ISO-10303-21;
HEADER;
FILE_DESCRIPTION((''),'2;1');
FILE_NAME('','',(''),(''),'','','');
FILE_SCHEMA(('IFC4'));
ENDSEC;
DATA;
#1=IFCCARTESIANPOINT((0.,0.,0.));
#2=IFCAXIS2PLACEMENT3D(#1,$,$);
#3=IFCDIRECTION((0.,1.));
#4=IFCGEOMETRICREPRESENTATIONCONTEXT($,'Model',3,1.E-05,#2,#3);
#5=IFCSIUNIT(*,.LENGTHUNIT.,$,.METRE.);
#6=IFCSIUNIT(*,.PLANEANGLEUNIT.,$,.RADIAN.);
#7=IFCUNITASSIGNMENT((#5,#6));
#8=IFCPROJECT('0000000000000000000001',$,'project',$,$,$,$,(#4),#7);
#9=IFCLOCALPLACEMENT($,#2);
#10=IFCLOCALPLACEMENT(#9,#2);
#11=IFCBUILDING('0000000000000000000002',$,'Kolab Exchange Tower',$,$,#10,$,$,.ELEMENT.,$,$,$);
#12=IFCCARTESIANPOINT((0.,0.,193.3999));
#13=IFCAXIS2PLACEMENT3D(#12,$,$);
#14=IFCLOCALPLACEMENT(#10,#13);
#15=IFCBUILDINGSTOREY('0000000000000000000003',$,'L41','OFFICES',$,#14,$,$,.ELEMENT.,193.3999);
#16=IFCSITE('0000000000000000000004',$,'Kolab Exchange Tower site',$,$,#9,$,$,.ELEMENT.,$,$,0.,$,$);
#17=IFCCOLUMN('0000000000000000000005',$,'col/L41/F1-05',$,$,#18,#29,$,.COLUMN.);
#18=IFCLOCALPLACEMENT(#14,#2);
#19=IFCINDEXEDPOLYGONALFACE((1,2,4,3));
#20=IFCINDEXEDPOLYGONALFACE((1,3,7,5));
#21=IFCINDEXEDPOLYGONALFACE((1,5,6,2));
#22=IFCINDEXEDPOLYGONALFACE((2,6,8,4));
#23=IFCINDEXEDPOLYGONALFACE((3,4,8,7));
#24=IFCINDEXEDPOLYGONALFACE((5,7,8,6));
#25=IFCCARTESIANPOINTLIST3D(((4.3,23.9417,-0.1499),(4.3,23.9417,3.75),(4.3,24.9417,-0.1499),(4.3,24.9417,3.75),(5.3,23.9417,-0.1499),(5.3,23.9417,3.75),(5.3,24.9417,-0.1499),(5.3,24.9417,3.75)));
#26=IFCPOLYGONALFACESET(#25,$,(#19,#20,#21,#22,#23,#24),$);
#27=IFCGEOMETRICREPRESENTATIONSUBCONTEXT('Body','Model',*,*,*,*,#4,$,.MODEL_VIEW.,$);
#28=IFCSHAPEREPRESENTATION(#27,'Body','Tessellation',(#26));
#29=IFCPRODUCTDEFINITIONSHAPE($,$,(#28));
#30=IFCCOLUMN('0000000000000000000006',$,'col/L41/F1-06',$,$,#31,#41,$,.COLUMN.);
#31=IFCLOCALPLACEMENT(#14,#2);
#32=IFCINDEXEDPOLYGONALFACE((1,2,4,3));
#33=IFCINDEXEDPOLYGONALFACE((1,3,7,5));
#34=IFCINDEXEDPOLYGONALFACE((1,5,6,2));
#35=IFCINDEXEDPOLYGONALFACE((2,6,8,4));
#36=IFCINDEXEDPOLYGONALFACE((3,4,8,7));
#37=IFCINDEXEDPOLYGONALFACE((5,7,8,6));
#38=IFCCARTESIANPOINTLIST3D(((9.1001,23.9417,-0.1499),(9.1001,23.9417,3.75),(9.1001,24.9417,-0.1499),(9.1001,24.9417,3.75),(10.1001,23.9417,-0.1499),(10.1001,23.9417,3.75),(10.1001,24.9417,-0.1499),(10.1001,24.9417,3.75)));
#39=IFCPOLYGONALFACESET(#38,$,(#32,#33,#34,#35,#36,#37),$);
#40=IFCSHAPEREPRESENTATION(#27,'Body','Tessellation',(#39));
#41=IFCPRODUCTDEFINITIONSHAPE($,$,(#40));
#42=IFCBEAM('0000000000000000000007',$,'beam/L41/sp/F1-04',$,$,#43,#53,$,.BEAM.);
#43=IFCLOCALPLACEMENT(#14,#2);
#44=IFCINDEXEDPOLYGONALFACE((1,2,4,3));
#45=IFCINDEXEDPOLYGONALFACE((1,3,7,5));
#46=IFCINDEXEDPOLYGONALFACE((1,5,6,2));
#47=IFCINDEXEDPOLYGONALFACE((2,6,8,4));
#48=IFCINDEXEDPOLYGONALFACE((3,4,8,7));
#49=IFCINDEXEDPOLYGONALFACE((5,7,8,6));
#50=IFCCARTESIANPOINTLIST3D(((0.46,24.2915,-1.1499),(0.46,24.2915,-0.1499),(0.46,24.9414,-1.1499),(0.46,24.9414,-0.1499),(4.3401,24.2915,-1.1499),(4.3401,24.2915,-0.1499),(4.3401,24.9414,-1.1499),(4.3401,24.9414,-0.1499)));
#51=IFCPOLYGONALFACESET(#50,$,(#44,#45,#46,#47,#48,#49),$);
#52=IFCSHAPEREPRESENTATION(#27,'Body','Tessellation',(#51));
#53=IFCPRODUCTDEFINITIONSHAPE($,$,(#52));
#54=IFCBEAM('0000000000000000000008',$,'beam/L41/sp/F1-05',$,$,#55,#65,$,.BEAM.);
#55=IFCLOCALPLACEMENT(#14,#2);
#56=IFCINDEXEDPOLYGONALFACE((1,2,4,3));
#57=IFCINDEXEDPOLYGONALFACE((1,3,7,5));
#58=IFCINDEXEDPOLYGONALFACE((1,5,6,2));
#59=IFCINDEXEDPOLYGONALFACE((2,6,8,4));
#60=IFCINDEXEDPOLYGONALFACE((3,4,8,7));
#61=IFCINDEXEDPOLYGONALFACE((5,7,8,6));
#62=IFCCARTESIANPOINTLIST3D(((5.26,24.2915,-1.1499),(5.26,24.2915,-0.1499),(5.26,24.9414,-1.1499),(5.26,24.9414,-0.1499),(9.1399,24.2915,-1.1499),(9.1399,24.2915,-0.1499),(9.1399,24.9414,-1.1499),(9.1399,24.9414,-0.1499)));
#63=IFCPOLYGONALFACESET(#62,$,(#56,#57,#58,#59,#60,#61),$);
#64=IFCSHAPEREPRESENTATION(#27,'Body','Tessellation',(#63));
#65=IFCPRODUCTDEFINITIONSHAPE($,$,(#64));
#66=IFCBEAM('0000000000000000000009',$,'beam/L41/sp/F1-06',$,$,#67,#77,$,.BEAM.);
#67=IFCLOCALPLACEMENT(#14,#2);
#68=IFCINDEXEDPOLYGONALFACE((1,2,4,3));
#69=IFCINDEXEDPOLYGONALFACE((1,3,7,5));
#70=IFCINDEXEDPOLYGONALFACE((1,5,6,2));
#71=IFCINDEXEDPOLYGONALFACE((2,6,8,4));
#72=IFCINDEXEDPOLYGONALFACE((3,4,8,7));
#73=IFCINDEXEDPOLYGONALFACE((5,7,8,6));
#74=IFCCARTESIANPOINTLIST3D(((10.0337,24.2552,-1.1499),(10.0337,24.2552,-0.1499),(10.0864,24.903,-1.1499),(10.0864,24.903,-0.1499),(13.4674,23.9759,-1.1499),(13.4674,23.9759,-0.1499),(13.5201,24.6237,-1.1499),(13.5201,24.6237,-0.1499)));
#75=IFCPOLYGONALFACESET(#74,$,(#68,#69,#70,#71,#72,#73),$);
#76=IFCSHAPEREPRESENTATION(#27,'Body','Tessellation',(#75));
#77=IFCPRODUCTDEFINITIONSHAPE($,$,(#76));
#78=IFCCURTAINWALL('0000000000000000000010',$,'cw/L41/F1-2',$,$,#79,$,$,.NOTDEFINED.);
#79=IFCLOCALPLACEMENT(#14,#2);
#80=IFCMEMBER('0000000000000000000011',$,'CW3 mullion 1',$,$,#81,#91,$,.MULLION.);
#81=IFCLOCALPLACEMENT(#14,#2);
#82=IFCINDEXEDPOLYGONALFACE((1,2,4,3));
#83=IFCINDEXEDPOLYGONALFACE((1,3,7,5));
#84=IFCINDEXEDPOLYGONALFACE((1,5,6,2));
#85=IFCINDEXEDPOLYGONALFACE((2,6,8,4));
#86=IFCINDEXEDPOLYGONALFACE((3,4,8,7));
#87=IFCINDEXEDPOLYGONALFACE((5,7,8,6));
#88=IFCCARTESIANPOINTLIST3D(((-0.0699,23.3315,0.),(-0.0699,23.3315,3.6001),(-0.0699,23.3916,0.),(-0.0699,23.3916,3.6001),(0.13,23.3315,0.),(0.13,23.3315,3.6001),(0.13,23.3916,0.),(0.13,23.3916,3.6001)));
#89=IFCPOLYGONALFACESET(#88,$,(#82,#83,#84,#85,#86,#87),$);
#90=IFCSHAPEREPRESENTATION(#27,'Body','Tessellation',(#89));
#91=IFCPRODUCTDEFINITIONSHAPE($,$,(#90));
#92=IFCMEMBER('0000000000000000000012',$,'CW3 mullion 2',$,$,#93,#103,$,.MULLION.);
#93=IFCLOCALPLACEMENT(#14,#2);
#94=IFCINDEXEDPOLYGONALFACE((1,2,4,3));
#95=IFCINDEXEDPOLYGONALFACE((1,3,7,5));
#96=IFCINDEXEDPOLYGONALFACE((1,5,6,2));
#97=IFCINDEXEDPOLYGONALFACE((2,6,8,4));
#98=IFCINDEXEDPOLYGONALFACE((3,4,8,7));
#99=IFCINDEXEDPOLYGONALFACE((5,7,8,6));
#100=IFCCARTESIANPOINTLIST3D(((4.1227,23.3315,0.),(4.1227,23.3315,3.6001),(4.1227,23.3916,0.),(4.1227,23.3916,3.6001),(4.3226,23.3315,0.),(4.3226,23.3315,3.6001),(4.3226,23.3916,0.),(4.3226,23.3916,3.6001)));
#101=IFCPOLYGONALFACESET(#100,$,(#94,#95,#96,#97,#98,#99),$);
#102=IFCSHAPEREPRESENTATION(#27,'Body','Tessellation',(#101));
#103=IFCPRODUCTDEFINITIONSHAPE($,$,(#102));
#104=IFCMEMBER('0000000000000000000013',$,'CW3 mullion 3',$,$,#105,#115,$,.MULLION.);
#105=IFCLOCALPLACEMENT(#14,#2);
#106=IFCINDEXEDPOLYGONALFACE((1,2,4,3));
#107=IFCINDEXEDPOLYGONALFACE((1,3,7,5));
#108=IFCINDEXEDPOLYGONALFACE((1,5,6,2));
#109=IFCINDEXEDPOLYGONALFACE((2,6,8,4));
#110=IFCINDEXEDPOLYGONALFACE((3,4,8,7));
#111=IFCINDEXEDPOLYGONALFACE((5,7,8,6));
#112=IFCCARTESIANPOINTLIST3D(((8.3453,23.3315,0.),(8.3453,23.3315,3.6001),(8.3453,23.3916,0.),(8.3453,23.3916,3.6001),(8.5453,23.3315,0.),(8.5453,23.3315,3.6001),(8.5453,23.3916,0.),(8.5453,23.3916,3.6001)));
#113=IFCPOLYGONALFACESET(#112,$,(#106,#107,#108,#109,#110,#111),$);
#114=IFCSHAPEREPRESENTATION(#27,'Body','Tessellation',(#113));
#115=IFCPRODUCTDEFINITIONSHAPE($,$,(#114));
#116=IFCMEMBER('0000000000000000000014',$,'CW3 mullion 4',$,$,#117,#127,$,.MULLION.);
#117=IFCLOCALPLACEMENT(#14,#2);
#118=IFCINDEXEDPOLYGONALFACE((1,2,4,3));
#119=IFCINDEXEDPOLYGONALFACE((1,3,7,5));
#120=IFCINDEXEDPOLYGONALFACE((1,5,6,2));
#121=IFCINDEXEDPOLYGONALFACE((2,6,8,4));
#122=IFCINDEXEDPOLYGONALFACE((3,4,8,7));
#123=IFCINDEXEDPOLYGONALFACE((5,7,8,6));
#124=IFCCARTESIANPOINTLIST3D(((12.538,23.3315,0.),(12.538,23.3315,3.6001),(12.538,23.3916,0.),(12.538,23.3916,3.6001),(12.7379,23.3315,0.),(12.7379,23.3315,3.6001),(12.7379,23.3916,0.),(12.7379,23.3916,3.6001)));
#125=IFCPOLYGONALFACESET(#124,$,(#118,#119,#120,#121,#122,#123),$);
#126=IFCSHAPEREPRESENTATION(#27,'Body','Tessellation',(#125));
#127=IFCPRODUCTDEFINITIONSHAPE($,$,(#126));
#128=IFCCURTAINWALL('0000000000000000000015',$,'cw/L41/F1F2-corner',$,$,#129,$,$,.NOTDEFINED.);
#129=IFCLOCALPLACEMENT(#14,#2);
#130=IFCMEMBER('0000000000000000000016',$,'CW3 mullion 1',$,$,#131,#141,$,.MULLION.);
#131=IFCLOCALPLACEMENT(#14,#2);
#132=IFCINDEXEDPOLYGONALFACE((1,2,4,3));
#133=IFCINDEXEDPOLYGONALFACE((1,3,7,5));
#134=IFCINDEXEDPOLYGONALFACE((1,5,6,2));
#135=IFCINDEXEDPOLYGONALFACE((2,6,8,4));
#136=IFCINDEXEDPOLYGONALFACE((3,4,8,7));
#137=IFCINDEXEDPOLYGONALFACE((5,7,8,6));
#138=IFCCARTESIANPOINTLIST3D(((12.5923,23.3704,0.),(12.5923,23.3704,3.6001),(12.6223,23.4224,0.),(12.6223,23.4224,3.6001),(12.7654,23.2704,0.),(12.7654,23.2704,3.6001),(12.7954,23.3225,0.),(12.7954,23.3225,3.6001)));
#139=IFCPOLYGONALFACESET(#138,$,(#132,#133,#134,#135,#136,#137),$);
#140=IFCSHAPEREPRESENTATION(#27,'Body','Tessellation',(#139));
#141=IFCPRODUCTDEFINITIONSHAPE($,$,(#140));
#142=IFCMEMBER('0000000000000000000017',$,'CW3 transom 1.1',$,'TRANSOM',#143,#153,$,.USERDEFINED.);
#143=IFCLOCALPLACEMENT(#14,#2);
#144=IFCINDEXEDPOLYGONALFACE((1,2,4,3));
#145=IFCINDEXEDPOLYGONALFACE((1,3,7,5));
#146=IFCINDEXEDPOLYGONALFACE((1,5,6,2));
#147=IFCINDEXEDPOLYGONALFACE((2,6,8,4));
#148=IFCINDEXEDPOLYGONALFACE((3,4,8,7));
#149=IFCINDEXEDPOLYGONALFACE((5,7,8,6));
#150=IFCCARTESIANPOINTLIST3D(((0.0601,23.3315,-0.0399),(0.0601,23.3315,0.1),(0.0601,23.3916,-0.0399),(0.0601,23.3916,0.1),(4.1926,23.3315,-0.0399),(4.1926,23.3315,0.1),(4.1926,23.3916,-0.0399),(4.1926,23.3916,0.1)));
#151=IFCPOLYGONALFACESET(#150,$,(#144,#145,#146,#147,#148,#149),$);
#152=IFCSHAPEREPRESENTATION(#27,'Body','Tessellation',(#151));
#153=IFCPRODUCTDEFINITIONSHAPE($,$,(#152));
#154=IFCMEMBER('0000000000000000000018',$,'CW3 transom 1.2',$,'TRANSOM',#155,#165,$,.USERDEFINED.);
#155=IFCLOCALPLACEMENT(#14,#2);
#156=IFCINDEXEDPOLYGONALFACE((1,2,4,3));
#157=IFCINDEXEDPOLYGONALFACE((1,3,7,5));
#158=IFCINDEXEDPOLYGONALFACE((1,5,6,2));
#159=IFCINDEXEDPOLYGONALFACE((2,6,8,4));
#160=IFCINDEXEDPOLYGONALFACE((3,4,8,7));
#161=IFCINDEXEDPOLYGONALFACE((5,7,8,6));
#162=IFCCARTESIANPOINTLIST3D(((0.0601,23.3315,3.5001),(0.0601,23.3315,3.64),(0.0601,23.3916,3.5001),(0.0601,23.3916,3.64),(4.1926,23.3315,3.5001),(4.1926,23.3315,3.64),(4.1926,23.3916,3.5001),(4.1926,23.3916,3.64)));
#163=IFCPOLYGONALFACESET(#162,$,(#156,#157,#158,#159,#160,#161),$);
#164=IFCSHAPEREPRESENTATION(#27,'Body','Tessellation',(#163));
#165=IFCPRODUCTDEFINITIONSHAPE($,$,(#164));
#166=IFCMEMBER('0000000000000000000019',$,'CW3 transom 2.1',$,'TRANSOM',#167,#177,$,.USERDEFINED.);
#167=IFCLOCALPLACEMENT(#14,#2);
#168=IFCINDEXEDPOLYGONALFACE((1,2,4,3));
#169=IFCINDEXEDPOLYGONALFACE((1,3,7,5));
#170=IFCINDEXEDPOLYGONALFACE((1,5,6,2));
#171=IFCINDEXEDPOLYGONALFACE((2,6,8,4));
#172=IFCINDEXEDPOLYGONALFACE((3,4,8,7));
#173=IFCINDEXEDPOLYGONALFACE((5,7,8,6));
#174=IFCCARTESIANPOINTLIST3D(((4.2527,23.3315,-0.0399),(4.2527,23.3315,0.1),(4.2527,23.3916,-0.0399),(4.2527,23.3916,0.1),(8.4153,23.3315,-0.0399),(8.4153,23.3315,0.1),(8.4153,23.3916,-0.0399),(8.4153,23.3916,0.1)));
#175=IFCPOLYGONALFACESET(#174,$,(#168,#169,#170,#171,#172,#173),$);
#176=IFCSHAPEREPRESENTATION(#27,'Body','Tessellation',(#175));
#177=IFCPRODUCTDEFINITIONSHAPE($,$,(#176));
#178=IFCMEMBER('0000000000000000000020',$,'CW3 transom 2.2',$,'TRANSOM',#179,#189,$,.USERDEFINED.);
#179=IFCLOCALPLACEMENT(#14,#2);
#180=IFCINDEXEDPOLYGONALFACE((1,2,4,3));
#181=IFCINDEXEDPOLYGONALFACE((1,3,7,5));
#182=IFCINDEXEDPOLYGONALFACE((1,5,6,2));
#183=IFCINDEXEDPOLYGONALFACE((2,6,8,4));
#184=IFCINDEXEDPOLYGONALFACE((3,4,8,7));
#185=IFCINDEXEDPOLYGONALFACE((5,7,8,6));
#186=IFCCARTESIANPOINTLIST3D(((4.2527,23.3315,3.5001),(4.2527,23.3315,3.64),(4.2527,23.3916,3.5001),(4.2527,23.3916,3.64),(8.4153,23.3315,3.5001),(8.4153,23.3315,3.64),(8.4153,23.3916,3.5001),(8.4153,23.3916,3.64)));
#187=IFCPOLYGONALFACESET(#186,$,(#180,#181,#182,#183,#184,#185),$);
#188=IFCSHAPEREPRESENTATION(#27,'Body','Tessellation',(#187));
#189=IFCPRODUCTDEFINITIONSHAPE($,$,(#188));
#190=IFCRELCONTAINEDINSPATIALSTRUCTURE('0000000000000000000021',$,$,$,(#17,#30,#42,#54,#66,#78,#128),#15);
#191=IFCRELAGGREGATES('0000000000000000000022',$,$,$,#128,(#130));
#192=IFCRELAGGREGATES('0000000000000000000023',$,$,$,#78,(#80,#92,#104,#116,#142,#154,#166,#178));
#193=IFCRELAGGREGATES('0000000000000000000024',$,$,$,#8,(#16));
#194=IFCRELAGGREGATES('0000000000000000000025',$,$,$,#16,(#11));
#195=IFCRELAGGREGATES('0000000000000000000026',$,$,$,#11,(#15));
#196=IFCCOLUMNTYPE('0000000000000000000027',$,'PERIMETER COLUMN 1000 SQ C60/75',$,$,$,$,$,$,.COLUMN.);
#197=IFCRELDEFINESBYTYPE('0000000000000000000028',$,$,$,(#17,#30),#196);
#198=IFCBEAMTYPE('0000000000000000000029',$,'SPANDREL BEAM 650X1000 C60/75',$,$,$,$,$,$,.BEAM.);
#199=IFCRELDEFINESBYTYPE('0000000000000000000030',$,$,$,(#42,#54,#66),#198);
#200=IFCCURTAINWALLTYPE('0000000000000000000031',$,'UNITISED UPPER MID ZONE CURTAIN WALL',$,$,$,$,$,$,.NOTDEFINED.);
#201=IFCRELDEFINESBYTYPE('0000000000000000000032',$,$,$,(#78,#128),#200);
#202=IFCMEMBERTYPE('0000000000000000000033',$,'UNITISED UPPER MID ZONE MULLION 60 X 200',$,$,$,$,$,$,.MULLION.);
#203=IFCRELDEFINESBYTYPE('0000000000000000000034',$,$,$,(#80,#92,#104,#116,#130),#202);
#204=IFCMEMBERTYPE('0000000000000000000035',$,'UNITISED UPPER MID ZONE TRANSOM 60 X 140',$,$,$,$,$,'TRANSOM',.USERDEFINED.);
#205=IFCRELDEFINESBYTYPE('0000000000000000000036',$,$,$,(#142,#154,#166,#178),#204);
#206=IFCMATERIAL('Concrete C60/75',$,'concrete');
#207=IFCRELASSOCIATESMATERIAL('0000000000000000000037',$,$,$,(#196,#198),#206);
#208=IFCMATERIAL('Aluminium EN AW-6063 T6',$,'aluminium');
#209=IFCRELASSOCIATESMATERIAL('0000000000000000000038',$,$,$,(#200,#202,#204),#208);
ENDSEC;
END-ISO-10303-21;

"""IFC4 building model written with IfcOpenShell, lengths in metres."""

from ifc_helpers import new_model, si_unit, direction, frame, origin, origin_2d, place, context, subcontext, project, spatial, rectangle, extrude, material, material_profile, profile_set, type_object, element, aggregate, save


model = new_model("IFC4")

# Units and contexts
model_context = context("Model", 3, precision=1e-05, world=origin(), true_north=direction((0.0, 1.0)))
body_context = subcontext(model_context, "Body", "Model", "MODEL_VIEW")
ifc_project = project(units=[si_unit("LENGTHUNIT", "METRE"), si_unit("PLANEANGLEUNIT", "RADIAN")], contexts=[model_context])

# Site, building, storey
site_placement = place(None, origin())
site = spatial("IfcSite", under=ifc_project, at=site_placement, Name="Kolab Exchange Tower site", CompositionType="ELEMENT", RefElevation=0.0)
building_placement = place(site_placement, origin())
building = spatial("IfcBuilding", under=site, at=building_placement, Name="Kolab Exchange Tower", CompositionType="ELEMENT")
storey_placement = place(building_placement, frame((0.0, 0.0, 193.3999)))
storey = spatial("IfcBuildingStorey", under=building, at=storey_placement, Name="L41", Description="OFFICES", CompositionType="ELEMENT", Elevation=193.3999)

# Columns
ifc_material_1 = material(Name="Concrete C60/75", Category="concrete")
ifc_material_profile_1 = material_profile(ifc_material_1, rectangle(XDim=1.0, YDim=1.0, at=origin_2d()), Name="RC1000")
ifc_profile_set_1 = profile_set([ifc_material_profile_1], Name="Concrete C60/75")
column_type = type_object("IfcColumnType", Name="PERIMETER COLUMN 1000 SQ C60/75", PredefinedType="COLUMN", material=ifc_profile_set_1)
for number, where, z_axis, x_axis, name in (
    (1, (4.8, 24.4417, -0.1499), (0.0, 0.0, 1.0), (1.0, 0.0, 0.0), "col/L41/F1-05"),
    (2, (9.6001, 24.4417, -0.1499), (0.0, 0.0, 1.0), (1.0, 0.0, 0.0), "col/L41/F1-06"),
):
    element("IfcColumn", number, at=place(storey_placement, frame(where, z_axis=z_axis, x_axis=x_axis)), inside=storey, type_object=column_type, Name=name, PredefinedType="COLUMN", context=body_context, shape_type="SweptSolid", body=[
        extrude(rectangle(XDim=1.0, YDim=1.0, at=origin_2d()), origin(), (0.0, 0.0, 1.0), 3.8999),
    ])

# Beams
ifc_material_profile_2 = material_profile(ifc_material_1, rectangle(XDim=0.6499, YDim=1.0, at=origin_2d()), Name="RC650X1000")
ifc_profile_set_2 = profile_set([ifc_material_profile_2], Name="Concrete C60/75")
beam_type = type_object("IfcBeamType", Name="SPANDREL BEAM 650X1000 C60/75", PredefinedType="BEAM", material=ifc_profile_set_2)
beam_1_placement = place(storey_placement, frame((0.46, 24.6165, -0.6499), z_axis=(1.0, 0.0, 0.0), x_axis=(0.0, 1.0, 0.0)))
element("IfcBeam", 3, at=beam_1_placement, inside=storey, type_object=beam_type, Name="beam/L41/sp/F1-04", PredefinedType="BEAM", context=body_context, shape_type="SweptSolid", body=[
    extrude(rectangle(XDim=0.6499, YDim=1.0, at=origin_2d()), origin(), (0.0, 0.0, 1.0), 3.8801),
])
beam_2_placement = place(storey_placement, frame((5.26, 24.6165, -0.6499), z_axis=(1.0, 0.0, 0.0), x_axis=(0.0, 1.0, 0.0)))
element("IfcBeam", 4, at=beam_2_placement, inside=storey, type_object=beam_type, Name="beam/L41/sp/F1-05", PredefinedType="BEAM", context=body_context, shape_type="SweptSolid", body=[
    extrude(rectangle(XDim=0.6499, YDim=1.0, at=origin_2d()), origin(), (0.0, 0.0, 1.0), 3.8799),
])
beam_3_placement = place(storey_placement, frame((10.0601, 24.5791, -0.6499), z_axis=(0.996708, -0.081069, 0.0), x_axis=(0.081069, 0.996708, 0.0)))
element("IfcBeam", 5, at=beam_3_placement, inside=storey, type_object=beam_type, Name="beam/L41/sp/F1-06", PredefinedType="BEAM", context=body_context, shape_type="SweptSolid", body=[
    extrude(rectangle(XDim=0.6499, YDim=1.0, at=origin_2d()), origin(), (0.0, 0.0, 1.0), 3.4451),
])

# Curtain wall, members
ifc_material_2 = material(Name="Aluminium EN AW-6063 T6", Category="aluminium")
curtain_wall_type = type_object("IfcCurtainWallType", Name="UNITISED UPPER MID ZONE CURTAIN WALL", PredefinedType="NOTDEFINED", material=ifc_material_2)
curtain_wall_1_placement = place(storey_placement, origin())
curtain_wall_1 = element("IfcCurtainWall", 6, at=curtain_wall_1_placement, inside=storey, type_object=curtain_wall_type, Name="cw/L41/F1-2", PredefinedType="NOTDEFINED")
ifc_material_profile_3 = material_profile(ifc_material_2, rectangle(XDim=0.0601, YDim=0.2, at=origin_2d()), Name="RECT 60X200")
ifc_profile_set_3 = profile_set([ifc_material_profile_3], Name="Aluminium EN AW-6063 T6")
member_type_1 = type_object("IfcMemberType", Name="UNITISED UPPER MID ZONE MULLION 60 X 200", PredefinedType="MULLION", material=ifc_profile_set_3)
member_1_placement = place(storey_placement, frame((0.03, 23.3616, 0.0), z_axis=(0.0, 0.0, 1.0), x_axis=(0.0, 1.0, 0.0)))
member_1 = element("IfcMember", 7, at=member_1_placement, type_object=member_type_1, Name="CW3 mullion 1", PredefinedType="MULLION", context=body_context, shape_type="SweptSolid", body=[
    extrude(rectangle(XDim=0.0601, YDim=0.2, at=origin_2d()), origin(), (0.0, 0.0, 1.0), 3.6001),
])
member_2_placement = place(storey_placement, frame((4.2227, 23.3616, 0.0), z_axis=(0.0, 0.0, 1.0), x_axis=(0.0, 1.0, 0.0)))
member_2 = element("IfcMember", 8, at=member_2_placement, type_object=member_type_1, Name="CW3 mullion 2", PredefinedType="MULLION", context=body_context, shape_type="SweptSolid", body=[
    extrude(rectangle(XDim=0.0601, YDim=0.2, at=origin_2d()), origin(), (0.0, 0.0, 1.0), 3.6001),
])
member_3_placement = place(storey_placement, frame((8.4453, 23.3616, 0.0), z_axis=(0.0, 0.0, 1.0), x_axis=(0.0, 1.0, 0.0)))
member_3 = element("IfcMember", 9, at=member_3_placement, type_object=member_type_1, Name="CW3 mullion 3", PredefinedType="MULLION", context=body_context, shape_type="SweptSolid", body=[
    extrude(rectangle(XDim=0.0601, YDim=0.2, at=origin_2d()), origin(), (0.0, 0.0, 1.0), 3.6001),
])
member_4_placement = place(storey_placement, frame((12.6379, 23.3616, 0.0), z_axis=(0.0, 0.0, 1.0), x_axis=(0.0, 1.0, 0.0)))
member_4 = element("IfcMember", 10, at=member_4_placement, type_object=member_type_1, Name="CW3 mullion 4", PredefinedType="MULLION", context=body_context, shape_type="SweptSolid", body=[
    extrude(rectangle(XDim=0.0601, YDim=0.2, at=origin_2d()), origin(), (0.0, 0.0, 1.0), 3.6001),
])

# Curtain wall, member
curtain_wall_2_placement = place(storey_placement, origin())
curtain_wall_2 = element("IfcCurtainWall", 11, at=curtain_wall_2_placement, inside=storey, type_object=curtain_wall_type, Name="cw/L41/F1F2-corner", PredefinedType="NOTDEFINED")
member_5_placement = place(storey_placement, frame((12.6938, 23.3464, 0.0), z_axis=(0.0, 0.0, 1.0), x_axis=(0.5, 0.866025, 0.0)))
member_5 = element("IfcMember", 12, at=member_5_placement, type_object=member_type_1, Name="CW3 mullion 1", PredefinedType="MULLION", context=body_context, shape_type="SweptSolid", body=[
    extrude(rectangle(XDim=0.0601, YDim=0.2, at=origin_2d()), origin(), (0.0, 0.0, 1.0), 3.6001),
])

# Members
ifc_material_profile_4 = material_profile(ifc_material_2, rectangle(XDim=0.0601, YDim=0.1399, at=origin_2d()), Name="RECT 60X140")
ifc_profile_set_4 = profile_set([ifc_material_profile_4], Name="Aluminium EN AW-6063 T6")
member_type_2 = type_object("IfcMemberType", Name="UNITISED UPPER MID ZONE TRANSOM 60 X 140", ElementType="TRANSOM", PredefinedType="USERDEFINED", material=ifc_profile_set_4)
member_6_placement = place(storey_placement, frame((0.0601, 23.3616, 0.03), z_axis=(1.0, 0.0, 0.0), x_axis=(0.0, 1.0, 0.0)))
member_6 = element("IfcMember", 13, at=member_6_placement, type_object=member_type_2, Name="CW3 transom 1.1", ObjectType="TRANSOM", PredefinedType="USERDEFINED", context=body_context, shape_type="SweptSolid", body=[
    extrude(rectangle(XDim=0.0601, YDim=0.1399, at=origin_2d()), origin(), (0.0, 0.0, 1.0), 4.1326),
])
member_7_placement = place(storey_placement, frame((0.0601, 23.3616, 3.5701), z_axis=(1.0, 0.0, 0.0), x_axis=(0.0, 1.0, 0.0)))
member_7 = element("IfcMember", 14, at=member_7_placement, type_object=member_type_2, Name="CW3 transom 1.2", ObjectType="TRANSOM", PredefinedType="USERDEFINED", context=body_context, shape_type="SweptSolid", body=[
    extrude(rectangle(XDim=0.0601, YDim=0.1399, at=origin_2d()), origin(), (0.0, 0.0, 1.0), 4.1326),
])
member_8_placement = place(storey_placement, frame((4.2527, 23.3616, 0.03), z_axis=(1.0, 0.0, 0.0), x_axis=(0.0, 1.0, 0.0)))
member_8 = element("IfcMember", 15, at=member_8_placement, type_object=member_type_2, Name="CW3 transom 2.1", ObjectType="TRANSOM", PredefinedType="USERDEFINED", context=body_context, shape_type="SweptSolid", body=[
    extrude(rectangle(XDim=0.0601, YDim=0.1399, at=origin_2d()), origin(), (0.0, 0.0, 1.0), 4.1626),
])
member_9_placement = place(storey_placement, frame((4.2527, 23.3616, 3.5701), z_axis=(1.0, 0.0, 0.0), x_axis=(0.0, 1.0, 0.0)))
member_9 = element("IfcMember", 16, at=member_9_placement, type_object=member_type_2, Name="CW3 transom 2.2", ObjectType="TRANSOM", PredefinedType="USERDEFINED", context=body_context, shape_type="SweptSolid", body=[
    extrude(rectangle(XDim=0.0601, YDim=0.1399, at=origin_2d()), origin(), (0.0, 0.0, 1.0), 4.1626),
])
aggregate(curtain_wall_2, [member_5])

aggregate(curtain_wall_1, [member_1, member_2, member_3, member_4, member_6, member_7, member_8, member_9])

save(model, "model.ifc")
